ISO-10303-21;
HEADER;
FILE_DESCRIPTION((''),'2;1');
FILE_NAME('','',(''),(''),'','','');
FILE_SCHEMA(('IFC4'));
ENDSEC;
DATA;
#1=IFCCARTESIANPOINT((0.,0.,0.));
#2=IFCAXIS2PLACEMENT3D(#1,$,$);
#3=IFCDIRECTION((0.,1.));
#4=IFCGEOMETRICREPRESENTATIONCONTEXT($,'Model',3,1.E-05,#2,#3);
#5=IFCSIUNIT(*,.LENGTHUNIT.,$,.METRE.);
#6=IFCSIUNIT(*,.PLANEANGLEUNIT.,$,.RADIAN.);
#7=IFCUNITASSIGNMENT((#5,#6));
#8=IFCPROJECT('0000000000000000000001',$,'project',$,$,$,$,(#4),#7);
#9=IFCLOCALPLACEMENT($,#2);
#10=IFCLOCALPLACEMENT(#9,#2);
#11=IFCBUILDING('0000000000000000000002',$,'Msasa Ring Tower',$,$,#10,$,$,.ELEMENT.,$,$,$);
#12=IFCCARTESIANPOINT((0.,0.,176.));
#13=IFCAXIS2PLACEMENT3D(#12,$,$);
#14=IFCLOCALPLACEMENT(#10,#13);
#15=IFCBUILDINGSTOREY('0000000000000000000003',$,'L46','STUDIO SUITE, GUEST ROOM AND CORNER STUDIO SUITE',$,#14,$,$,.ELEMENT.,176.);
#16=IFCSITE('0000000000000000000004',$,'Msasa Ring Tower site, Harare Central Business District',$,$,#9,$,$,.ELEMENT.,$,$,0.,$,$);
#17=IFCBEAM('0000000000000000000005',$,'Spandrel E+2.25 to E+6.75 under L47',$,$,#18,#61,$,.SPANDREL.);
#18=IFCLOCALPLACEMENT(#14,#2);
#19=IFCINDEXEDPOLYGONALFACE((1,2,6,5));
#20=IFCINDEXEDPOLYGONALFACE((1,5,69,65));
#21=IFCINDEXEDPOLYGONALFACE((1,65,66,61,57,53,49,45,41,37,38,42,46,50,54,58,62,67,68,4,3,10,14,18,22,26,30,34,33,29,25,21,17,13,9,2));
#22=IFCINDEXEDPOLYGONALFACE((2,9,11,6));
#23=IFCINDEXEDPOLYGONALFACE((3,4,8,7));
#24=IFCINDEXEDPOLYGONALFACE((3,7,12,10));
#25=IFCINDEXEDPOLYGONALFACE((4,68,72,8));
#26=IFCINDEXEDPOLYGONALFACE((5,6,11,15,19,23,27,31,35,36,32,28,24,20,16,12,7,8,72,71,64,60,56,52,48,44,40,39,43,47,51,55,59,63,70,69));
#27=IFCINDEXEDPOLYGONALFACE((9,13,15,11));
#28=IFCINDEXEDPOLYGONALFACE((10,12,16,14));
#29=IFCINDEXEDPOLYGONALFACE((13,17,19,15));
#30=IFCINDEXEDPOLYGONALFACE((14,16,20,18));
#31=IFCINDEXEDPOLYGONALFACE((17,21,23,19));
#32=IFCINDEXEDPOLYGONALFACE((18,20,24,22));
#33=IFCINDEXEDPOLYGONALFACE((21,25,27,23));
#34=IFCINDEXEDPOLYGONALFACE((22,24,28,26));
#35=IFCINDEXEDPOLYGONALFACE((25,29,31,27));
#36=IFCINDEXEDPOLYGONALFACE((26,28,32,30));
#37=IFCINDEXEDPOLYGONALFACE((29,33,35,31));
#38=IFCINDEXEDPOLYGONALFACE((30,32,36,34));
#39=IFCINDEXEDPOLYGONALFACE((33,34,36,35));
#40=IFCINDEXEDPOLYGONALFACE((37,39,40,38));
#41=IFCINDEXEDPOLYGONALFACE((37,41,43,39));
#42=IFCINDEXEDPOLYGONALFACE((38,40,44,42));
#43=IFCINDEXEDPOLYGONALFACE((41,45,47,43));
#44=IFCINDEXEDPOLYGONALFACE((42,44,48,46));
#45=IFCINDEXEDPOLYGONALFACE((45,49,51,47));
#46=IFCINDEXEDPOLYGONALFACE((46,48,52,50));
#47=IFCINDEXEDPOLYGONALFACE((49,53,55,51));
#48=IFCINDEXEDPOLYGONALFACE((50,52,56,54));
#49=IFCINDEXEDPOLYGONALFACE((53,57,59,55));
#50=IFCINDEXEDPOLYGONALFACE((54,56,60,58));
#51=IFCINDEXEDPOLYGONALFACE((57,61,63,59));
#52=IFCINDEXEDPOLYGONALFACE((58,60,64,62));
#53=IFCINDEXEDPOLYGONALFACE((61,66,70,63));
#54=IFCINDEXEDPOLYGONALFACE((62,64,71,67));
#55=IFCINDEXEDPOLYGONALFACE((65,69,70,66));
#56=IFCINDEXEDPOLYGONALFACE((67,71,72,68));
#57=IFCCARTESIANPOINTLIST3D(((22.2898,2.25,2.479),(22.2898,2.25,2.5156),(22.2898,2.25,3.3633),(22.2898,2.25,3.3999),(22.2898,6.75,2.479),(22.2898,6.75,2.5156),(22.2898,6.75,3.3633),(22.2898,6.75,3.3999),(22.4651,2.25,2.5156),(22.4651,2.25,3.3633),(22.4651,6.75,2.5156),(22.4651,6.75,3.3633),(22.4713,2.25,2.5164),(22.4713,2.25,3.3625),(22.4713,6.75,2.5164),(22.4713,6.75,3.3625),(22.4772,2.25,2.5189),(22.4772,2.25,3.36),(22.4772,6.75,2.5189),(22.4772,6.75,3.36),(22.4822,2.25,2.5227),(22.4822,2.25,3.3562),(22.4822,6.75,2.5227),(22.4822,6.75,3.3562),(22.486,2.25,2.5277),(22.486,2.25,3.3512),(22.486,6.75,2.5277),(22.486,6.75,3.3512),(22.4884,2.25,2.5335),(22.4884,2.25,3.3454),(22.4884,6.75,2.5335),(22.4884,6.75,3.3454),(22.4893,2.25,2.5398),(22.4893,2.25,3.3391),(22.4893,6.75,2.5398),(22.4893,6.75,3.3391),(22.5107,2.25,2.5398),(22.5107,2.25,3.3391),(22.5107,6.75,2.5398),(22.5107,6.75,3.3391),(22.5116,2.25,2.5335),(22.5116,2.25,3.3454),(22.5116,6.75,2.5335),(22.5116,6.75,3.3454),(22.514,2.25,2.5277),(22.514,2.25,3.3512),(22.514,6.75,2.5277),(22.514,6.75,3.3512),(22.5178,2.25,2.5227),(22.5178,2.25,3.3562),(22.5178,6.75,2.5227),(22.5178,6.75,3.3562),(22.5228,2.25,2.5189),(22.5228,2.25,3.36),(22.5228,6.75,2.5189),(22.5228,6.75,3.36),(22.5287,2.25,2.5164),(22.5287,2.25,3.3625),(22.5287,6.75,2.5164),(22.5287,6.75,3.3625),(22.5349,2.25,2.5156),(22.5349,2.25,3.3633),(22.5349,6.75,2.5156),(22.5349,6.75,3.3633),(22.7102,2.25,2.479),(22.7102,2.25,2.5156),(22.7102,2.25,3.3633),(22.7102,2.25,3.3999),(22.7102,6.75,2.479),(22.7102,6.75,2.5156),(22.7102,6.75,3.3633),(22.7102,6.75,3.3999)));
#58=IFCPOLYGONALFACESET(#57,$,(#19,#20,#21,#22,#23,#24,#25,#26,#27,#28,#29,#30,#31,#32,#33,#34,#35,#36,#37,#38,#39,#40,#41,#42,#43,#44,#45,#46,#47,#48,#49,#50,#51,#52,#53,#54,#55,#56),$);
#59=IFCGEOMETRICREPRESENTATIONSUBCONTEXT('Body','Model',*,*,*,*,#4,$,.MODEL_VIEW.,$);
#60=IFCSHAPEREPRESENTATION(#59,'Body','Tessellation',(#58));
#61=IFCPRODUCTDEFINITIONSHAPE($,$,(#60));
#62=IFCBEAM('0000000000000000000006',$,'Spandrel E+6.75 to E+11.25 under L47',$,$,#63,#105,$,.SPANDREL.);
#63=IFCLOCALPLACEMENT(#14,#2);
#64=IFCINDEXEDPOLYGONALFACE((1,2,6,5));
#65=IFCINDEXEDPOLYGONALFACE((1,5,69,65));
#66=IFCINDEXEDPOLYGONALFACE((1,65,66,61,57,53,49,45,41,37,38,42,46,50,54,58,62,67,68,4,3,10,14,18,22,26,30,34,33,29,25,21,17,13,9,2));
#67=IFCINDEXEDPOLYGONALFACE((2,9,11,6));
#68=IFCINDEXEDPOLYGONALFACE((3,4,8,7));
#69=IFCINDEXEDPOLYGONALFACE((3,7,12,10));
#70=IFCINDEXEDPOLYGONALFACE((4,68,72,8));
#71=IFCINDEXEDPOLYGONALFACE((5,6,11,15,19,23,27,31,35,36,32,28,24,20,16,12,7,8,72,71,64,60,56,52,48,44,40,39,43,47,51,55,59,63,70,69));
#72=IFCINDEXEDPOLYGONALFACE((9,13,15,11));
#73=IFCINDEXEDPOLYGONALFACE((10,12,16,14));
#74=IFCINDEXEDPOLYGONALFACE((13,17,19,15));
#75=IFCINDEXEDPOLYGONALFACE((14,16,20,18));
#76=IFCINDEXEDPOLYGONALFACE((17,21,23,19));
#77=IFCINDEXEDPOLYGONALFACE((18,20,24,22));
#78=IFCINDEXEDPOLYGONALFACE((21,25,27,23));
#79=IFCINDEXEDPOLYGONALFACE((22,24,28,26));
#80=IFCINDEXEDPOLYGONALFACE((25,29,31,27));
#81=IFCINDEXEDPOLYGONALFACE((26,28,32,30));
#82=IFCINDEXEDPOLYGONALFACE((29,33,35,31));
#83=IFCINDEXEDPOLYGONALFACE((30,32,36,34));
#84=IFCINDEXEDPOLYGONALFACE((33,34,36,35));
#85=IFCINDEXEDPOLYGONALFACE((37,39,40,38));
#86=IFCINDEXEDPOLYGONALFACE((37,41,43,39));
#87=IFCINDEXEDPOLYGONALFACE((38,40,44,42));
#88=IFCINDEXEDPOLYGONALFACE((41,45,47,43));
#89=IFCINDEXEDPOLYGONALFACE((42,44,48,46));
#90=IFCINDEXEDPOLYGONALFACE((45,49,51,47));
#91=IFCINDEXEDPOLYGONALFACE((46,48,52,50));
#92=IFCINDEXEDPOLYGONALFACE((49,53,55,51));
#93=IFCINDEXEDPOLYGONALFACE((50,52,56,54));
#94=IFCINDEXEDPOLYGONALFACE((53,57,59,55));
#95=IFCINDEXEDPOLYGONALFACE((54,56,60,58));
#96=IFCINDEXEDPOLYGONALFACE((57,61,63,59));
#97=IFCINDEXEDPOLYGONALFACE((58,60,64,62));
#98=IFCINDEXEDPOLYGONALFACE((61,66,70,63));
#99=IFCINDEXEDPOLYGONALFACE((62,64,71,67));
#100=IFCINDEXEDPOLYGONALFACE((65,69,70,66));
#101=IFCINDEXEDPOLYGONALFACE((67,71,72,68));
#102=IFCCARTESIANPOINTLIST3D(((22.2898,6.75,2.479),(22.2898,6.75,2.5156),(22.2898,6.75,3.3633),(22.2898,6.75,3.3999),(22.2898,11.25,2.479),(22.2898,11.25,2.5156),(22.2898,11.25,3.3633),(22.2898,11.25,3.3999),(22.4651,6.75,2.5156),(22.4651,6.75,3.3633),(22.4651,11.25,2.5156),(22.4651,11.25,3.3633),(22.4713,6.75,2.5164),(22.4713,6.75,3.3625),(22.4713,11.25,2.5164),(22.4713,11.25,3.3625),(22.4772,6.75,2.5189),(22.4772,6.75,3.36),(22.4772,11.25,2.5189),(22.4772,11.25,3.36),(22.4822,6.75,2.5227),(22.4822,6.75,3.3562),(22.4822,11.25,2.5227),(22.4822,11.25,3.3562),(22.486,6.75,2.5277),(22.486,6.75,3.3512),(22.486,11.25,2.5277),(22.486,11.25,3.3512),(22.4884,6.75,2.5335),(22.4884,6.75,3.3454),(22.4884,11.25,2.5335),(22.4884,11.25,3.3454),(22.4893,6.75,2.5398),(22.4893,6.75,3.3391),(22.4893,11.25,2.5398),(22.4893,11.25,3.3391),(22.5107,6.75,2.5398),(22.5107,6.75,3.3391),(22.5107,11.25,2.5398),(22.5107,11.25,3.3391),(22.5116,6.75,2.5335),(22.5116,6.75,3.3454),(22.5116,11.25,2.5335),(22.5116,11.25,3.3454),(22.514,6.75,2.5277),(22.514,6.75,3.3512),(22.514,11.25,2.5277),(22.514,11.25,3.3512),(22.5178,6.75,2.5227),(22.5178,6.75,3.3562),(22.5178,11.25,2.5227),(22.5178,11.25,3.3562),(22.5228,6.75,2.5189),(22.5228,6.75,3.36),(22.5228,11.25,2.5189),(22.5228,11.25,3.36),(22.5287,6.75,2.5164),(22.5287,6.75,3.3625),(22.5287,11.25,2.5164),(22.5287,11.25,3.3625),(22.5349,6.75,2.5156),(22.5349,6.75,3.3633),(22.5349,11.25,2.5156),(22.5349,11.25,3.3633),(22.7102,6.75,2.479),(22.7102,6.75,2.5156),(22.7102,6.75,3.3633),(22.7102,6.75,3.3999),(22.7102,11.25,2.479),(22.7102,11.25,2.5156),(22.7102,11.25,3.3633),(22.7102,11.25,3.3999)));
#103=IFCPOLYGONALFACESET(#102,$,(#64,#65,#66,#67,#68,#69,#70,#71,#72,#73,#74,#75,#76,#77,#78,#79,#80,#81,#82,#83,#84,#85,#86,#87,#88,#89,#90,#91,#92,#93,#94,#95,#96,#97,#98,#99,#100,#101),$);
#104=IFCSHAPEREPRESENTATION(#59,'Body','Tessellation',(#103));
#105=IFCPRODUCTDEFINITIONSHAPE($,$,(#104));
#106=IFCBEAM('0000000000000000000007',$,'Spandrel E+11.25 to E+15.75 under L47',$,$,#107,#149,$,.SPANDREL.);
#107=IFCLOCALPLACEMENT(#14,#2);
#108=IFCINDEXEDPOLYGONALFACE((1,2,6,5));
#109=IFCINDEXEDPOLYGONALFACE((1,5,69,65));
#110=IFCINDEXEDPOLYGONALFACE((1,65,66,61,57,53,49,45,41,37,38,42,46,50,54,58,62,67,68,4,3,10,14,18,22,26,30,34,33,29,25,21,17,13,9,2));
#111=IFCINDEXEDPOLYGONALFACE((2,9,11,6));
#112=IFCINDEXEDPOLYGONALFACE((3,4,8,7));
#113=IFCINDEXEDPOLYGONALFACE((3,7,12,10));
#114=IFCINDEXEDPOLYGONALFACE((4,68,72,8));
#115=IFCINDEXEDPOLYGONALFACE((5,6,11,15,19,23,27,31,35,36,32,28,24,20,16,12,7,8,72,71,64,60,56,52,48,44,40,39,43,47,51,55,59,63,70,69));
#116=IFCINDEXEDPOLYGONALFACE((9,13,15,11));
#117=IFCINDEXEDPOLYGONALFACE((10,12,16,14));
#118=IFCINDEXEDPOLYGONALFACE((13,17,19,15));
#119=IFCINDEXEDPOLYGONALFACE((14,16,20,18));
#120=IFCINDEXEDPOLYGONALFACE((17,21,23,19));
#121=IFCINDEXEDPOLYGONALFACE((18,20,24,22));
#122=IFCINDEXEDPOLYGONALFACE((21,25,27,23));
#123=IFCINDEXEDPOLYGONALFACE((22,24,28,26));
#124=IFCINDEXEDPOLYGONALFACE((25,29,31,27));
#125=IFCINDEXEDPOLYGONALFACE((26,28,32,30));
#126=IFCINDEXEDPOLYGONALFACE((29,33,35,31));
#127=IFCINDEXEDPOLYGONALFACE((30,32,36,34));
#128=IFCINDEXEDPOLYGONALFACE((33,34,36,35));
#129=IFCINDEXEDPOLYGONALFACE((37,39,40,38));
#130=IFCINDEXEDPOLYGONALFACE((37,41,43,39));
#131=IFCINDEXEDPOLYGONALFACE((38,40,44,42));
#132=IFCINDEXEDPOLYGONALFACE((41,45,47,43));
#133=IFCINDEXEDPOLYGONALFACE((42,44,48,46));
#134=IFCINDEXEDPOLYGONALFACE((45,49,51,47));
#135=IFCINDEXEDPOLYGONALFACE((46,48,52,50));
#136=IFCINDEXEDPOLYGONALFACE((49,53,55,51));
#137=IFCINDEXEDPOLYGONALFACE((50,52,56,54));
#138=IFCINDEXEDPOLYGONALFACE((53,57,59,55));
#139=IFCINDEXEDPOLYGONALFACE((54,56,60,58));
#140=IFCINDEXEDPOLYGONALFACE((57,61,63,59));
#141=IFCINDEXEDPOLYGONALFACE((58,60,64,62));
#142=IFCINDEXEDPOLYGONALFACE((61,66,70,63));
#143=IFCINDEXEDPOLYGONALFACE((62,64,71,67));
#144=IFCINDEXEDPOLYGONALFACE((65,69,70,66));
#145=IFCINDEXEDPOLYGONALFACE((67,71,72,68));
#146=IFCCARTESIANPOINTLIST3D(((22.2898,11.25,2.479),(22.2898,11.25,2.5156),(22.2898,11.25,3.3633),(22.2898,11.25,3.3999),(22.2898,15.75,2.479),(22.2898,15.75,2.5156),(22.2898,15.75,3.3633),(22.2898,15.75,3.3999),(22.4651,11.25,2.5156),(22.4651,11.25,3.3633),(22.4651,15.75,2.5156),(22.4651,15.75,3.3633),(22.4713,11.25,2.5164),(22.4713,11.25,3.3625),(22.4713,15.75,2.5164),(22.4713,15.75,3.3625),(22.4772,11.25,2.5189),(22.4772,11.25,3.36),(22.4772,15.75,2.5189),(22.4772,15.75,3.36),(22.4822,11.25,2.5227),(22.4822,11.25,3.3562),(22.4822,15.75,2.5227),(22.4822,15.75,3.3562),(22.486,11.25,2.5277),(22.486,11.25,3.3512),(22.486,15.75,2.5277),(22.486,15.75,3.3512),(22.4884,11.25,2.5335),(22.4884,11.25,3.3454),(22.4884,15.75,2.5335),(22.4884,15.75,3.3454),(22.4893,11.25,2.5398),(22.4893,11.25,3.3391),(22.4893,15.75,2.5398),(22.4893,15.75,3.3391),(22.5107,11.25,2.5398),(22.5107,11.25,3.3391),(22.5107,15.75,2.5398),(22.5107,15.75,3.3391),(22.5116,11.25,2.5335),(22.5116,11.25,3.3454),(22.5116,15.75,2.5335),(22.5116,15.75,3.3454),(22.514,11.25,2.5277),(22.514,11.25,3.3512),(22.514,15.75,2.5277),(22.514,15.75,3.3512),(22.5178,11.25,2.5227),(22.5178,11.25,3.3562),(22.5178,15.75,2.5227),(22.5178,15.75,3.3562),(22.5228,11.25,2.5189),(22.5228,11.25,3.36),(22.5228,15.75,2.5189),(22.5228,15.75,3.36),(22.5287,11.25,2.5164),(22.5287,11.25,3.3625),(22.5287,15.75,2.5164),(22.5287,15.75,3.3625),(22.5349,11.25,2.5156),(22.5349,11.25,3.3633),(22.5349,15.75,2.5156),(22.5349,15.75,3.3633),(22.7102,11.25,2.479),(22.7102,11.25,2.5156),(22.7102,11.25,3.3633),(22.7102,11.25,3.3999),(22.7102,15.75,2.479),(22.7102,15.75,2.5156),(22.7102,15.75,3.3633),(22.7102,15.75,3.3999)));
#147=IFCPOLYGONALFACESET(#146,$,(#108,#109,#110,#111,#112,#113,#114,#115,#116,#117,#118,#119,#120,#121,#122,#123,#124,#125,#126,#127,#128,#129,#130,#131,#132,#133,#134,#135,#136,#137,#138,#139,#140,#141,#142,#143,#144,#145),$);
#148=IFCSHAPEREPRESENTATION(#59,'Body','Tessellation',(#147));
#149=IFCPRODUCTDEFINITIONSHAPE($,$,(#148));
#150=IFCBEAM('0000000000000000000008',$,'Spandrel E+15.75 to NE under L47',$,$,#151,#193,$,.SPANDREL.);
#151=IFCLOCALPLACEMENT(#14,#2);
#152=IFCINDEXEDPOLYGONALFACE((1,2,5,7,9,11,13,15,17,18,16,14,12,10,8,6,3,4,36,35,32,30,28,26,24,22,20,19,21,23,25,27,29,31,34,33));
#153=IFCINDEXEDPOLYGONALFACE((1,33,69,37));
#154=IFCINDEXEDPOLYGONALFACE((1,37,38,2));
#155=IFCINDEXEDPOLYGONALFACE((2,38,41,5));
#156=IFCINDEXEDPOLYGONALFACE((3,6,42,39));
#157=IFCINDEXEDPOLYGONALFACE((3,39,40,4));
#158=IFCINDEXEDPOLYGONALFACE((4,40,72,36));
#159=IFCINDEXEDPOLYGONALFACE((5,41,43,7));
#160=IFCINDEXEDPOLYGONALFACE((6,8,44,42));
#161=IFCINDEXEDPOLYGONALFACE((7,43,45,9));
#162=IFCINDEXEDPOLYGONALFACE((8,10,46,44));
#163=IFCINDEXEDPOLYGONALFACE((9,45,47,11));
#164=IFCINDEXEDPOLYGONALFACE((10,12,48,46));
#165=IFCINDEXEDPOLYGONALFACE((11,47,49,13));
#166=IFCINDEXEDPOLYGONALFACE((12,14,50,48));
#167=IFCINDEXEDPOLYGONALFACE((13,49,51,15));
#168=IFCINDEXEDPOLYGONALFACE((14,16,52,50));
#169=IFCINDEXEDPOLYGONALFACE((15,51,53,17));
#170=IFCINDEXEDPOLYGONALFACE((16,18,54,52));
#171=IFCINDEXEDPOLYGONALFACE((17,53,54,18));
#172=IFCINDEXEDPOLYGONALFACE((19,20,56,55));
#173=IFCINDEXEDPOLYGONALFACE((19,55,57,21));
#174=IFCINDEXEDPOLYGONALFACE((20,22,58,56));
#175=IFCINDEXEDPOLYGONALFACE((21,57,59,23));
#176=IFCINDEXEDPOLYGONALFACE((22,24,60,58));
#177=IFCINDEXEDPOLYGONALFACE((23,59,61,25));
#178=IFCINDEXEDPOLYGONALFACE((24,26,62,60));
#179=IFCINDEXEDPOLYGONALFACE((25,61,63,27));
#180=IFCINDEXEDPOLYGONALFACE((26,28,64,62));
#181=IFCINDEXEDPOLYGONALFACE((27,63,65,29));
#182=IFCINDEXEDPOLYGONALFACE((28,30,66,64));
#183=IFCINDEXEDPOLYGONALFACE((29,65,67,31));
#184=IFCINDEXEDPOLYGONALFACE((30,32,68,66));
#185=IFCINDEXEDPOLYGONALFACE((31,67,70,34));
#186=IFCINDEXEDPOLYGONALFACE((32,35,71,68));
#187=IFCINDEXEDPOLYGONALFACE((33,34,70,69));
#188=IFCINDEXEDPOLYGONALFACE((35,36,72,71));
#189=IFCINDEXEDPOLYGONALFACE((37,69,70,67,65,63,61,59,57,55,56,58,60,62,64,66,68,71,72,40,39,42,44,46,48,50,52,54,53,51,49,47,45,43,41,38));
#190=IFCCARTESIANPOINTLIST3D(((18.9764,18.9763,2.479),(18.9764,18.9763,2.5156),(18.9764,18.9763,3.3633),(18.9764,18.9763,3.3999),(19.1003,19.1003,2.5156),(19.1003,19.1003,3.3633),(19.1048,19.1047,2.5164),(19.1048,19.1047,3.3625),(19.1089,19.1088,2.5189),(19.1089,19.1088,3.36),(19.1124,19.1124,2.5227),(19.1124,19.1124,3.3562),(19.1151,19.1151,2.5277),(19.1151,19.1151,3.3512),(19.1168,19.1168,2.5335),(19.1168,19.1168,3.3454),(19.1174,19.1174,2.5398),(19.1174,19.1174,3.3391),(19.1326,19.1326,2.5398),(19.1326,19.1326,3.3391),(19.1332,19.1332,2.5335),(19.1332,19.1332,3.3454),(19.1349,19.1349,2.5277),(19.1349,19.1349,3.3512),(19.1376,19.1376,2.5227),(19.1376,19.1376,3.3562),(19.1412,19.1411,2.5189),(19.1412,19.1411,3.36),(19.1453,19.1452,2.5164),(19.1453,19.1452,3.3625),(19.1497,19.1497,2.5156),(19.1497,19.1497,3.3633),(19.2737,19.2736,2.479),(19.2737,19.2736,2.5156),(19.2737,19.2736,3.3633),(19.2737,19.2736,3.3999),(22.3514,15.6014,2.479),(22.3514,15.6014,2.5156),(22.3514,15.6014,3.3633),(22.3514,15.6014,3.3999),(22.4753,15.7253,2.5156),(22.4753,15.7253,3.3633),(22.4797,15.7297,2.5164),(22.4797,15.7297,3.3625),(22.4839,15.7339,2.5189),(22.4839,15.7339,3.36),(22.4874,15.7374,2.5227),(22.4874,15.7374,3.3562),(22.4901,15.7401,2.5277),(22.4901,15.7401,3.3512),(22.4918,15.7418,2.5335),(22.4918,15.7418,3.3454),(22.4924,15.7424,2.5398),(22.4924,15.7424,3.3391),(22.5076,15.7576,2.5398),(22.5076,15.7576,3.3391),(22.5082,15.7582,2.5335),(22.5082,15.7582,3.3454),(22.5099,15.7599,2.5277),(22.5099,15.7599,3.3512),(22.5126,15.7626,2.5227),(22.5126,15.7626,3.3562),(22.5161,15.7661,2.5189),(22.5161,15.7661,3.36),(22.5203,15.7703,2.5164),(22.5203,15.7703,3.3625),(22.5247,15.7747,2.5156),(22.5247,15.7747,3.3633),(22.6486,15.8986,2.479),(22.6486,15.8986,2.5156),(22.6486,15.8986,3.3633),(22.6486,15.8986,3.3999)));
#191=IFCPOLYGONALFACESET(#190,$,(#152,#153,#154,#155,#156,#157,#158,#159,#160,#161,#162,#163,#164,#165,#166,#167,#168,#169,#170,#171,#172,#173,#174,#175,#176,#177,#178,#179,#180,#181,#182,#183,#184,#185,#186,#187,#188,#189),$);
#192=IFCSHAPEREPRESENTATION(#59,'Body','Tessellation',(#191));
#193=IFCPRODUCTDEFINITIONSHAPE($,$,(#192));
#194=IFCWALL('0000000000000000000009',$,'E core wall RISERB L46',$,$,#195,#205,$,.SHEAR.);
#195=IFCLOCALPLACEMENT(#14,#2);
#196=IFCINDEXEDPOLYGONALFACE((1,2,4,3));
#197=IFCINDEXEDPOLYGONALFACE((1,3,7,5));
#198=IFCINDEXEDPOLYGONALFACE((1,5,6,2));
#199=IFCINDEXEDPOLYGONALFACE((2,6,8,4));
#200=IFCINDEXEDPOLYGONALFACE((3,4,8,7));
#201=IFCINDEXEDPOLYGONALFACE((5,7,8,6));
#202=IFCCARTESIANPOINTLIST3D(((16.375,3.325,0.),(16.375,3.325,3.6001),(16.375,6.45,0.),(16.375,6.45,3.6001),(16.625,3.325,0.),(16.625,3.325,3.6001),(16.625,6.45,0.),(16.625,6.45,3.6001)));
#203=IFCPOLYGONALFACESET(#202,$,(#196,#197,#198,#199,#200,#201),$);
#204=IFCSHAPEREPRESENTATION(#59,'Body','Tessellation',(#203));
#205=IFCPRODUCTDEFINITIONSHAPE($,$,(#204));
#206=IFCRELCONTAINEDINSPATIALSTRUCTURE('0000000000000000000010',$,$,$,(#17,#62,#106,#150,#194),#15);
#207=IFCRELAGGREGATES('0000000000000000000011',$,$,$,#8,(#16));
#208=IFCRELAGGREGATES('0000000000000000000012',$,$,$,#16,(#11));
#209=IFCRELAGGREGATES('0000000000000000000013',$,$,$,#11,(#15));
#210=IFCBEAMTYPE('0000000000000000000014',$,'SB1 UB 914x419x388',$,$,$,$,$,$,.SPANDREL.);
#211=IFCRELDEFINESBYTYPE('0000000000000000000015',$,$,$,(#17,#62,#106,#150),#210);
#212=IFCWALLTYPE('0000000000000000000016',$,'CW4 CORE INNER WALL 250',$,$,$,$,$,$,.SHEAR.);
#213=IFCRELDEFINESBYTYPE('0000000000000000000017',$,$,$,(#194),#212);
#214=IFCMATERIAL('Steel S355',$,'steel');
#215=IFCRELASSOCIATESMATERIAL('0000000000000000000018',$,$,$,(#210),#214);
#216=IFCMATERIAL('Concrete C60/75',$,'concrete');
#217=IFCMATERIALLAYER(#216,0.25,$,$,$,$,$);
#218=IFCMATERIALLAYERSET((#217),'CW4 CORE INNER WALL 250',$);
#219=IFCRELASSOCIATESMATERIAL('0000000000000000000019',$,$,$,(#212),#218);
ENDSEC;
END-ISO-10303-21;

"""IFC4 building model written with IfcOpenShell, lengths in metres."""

from ifc_helpers import new_model, si_unit, direction, frame, frame_2d, origin, origin_2d, place, context, subcontext, project, spatial, rectangle, i_section, extrude, material, layer, layer_set, material_profile, profile_set, type_object, element, save


model = new_model("IFC4")

# Units and contexts
model_context = context("Model", 3, precision=1e-05, world=origin(), true_north=direction((0.0, 1.0)))
body_context = subcontext(model_context, "Body", "Model", "MODEL_VIEW")
ifc_project = project(units=[si_unit("LENGTHUNIT", "METRE"), si_unit("PLANEANGLEUNIT", "RADIAN")], contexts=[model_context])

# Site, building, storey
site_placement = place(None, origin())
site = spatial("IfcSite", under=ifc_project, at=site_placement, Name="Msasa Ring Tower site, Harare Central Business District", CompositionType="ELEMENT", RefElevation=0.0)
building_placement = place(site_placement, origin())
building = spatial("IfcBuilding", under=site, at=building_placement, Name="Msasa Ring Tower", CompositionType="ELEMENT")
storey_placement = place(building_placement, frame((0.0, 0.0, 176.0)))
storey = spatial("IfcBuildingStorey", under=building, at=storey_placement, Name="L46", Description="STUDIO SUITE, GUEST ROOM AND CORNER STUDIO SUITE", CompositionType="ELEMENT", Elevation=176.0)

# Beams
ifc_material_1 = material(Name="Steel S355", Category="steel")
ifc_material_profile_1 = material_profile(ifc_material_1, i_section(OverallWidth=0.4204, OverallDepth=0.9209, WebThickness=0.0215, FlangeThickness=0.0366, FilletRadius=0.0242, at=origin_2d()), Name="UB 914x419x388")
ifc_profile_set_1 = profile_set([ifc_material_profile_1], Name="Steel S355")
beam_type_1 = type_object("IfcBeamType", Name="SB1 UB 914x419x388", PredefinedType="SPANDREL", material=ifc_profile_set_1)
for number, where, z_axis, x_axis, name in (
    (1, (22.5, 2.25, 2.9395), (0.0, 1.0, 0.0), (-1.0, 0.0, 0.0), "Spandrel E+2.25 to E+6.75 under L47"),
    (2, (22.5, 6.75, 2.9395), (0.0, 1.0, 0.0), (-1.0, 0.0, 0.0), "Spandrel E+6.75 to E+11.25 under L47"),
    (3, (22.5, 11.25, 2.9395), (0.0, 1.0, 0.0), (-1.0, 0.0, 0.0), "Spandrel E+11.25 to E+15.75 under L47"),
):
    element("IfcBeam", number, at=place(storey_placement, frame(where, z_axis=z_axis, x_axis=x_axis)), inside=storey, type_object=beam_type_1, Name=name, PredefinedType="SPANDREL", context=body_context, shape_type="SweptSolid", body=[
        extrude(i_section(OverallWidth=0.4204, OverallDepth=0.9209, WebThickness=0.0215, FlangeThickness=0.0366, FilletRadius=0.0242, at=origin_2d()), origin(), (0.0, 0.0, 1.0), 4.5),
    ])
beam_1_placement = place(storey_placement, frame((22.5, 15.75, 2.9395), z_axis=(-0.707107, 0.707107, 0.0), x_axis=(-0.707107, -0.707107, 0.0)))
element("IfcBeam", 4, at=beam_1_placement, inside=storey, type_object=beam_type_1, Name="Spandrel E+15.75 to NE under L47", PredefinedType="SPANDREL", context=body_context, shape_type="SweptSolid", body=[
    extrude(i_section(OverallWidth=0.4204, OverallDepth=0.9209, WebThickness=0.0215, FlangeThickness=0.0366, FilletRadius=0.0242, at=origin_2d()), origin(), (0.0, 0.0, 1.0), 4.7729),
])

# Wall
ifc_material_2 = material(Name="Concrete C60/75", Category="concrete")
ifc_layer_1 = layer(ifc_material_2, 0.25)
ifc_layer_set_1 = layer_set([ifc_layer_1], Name="CW4 CORE INNER WALL 250")
wall_type_1 = type_object("IfcWallType", Name="CW4 CORE INNER WALL 250", PredefinedType="SHEAR", material=ifc_layer_set_1)
wall_1_placement = place(storey_placement, frame((16.5, 3.325, 0.0), z_axis=(0.0, 0.0, 1.0), x_axis=(0.0, 1.0, 0.0)))
element("IfcWall", 5, at=wall_1_placement, inside=storey, type_object=wall_type_1, Name="E core wall RISERB L46", PredefinedType="SHEAR", context=body_context, shape_type="SweptSolid", body=[
    extrude(rectangle(XDim=3.125, YDim=0.25, at=frame_2d((1.5625, 0.0))), origin(), (0.0, 0.0, 1.0), 3.6001),
])

save(model, "model.ifc")
